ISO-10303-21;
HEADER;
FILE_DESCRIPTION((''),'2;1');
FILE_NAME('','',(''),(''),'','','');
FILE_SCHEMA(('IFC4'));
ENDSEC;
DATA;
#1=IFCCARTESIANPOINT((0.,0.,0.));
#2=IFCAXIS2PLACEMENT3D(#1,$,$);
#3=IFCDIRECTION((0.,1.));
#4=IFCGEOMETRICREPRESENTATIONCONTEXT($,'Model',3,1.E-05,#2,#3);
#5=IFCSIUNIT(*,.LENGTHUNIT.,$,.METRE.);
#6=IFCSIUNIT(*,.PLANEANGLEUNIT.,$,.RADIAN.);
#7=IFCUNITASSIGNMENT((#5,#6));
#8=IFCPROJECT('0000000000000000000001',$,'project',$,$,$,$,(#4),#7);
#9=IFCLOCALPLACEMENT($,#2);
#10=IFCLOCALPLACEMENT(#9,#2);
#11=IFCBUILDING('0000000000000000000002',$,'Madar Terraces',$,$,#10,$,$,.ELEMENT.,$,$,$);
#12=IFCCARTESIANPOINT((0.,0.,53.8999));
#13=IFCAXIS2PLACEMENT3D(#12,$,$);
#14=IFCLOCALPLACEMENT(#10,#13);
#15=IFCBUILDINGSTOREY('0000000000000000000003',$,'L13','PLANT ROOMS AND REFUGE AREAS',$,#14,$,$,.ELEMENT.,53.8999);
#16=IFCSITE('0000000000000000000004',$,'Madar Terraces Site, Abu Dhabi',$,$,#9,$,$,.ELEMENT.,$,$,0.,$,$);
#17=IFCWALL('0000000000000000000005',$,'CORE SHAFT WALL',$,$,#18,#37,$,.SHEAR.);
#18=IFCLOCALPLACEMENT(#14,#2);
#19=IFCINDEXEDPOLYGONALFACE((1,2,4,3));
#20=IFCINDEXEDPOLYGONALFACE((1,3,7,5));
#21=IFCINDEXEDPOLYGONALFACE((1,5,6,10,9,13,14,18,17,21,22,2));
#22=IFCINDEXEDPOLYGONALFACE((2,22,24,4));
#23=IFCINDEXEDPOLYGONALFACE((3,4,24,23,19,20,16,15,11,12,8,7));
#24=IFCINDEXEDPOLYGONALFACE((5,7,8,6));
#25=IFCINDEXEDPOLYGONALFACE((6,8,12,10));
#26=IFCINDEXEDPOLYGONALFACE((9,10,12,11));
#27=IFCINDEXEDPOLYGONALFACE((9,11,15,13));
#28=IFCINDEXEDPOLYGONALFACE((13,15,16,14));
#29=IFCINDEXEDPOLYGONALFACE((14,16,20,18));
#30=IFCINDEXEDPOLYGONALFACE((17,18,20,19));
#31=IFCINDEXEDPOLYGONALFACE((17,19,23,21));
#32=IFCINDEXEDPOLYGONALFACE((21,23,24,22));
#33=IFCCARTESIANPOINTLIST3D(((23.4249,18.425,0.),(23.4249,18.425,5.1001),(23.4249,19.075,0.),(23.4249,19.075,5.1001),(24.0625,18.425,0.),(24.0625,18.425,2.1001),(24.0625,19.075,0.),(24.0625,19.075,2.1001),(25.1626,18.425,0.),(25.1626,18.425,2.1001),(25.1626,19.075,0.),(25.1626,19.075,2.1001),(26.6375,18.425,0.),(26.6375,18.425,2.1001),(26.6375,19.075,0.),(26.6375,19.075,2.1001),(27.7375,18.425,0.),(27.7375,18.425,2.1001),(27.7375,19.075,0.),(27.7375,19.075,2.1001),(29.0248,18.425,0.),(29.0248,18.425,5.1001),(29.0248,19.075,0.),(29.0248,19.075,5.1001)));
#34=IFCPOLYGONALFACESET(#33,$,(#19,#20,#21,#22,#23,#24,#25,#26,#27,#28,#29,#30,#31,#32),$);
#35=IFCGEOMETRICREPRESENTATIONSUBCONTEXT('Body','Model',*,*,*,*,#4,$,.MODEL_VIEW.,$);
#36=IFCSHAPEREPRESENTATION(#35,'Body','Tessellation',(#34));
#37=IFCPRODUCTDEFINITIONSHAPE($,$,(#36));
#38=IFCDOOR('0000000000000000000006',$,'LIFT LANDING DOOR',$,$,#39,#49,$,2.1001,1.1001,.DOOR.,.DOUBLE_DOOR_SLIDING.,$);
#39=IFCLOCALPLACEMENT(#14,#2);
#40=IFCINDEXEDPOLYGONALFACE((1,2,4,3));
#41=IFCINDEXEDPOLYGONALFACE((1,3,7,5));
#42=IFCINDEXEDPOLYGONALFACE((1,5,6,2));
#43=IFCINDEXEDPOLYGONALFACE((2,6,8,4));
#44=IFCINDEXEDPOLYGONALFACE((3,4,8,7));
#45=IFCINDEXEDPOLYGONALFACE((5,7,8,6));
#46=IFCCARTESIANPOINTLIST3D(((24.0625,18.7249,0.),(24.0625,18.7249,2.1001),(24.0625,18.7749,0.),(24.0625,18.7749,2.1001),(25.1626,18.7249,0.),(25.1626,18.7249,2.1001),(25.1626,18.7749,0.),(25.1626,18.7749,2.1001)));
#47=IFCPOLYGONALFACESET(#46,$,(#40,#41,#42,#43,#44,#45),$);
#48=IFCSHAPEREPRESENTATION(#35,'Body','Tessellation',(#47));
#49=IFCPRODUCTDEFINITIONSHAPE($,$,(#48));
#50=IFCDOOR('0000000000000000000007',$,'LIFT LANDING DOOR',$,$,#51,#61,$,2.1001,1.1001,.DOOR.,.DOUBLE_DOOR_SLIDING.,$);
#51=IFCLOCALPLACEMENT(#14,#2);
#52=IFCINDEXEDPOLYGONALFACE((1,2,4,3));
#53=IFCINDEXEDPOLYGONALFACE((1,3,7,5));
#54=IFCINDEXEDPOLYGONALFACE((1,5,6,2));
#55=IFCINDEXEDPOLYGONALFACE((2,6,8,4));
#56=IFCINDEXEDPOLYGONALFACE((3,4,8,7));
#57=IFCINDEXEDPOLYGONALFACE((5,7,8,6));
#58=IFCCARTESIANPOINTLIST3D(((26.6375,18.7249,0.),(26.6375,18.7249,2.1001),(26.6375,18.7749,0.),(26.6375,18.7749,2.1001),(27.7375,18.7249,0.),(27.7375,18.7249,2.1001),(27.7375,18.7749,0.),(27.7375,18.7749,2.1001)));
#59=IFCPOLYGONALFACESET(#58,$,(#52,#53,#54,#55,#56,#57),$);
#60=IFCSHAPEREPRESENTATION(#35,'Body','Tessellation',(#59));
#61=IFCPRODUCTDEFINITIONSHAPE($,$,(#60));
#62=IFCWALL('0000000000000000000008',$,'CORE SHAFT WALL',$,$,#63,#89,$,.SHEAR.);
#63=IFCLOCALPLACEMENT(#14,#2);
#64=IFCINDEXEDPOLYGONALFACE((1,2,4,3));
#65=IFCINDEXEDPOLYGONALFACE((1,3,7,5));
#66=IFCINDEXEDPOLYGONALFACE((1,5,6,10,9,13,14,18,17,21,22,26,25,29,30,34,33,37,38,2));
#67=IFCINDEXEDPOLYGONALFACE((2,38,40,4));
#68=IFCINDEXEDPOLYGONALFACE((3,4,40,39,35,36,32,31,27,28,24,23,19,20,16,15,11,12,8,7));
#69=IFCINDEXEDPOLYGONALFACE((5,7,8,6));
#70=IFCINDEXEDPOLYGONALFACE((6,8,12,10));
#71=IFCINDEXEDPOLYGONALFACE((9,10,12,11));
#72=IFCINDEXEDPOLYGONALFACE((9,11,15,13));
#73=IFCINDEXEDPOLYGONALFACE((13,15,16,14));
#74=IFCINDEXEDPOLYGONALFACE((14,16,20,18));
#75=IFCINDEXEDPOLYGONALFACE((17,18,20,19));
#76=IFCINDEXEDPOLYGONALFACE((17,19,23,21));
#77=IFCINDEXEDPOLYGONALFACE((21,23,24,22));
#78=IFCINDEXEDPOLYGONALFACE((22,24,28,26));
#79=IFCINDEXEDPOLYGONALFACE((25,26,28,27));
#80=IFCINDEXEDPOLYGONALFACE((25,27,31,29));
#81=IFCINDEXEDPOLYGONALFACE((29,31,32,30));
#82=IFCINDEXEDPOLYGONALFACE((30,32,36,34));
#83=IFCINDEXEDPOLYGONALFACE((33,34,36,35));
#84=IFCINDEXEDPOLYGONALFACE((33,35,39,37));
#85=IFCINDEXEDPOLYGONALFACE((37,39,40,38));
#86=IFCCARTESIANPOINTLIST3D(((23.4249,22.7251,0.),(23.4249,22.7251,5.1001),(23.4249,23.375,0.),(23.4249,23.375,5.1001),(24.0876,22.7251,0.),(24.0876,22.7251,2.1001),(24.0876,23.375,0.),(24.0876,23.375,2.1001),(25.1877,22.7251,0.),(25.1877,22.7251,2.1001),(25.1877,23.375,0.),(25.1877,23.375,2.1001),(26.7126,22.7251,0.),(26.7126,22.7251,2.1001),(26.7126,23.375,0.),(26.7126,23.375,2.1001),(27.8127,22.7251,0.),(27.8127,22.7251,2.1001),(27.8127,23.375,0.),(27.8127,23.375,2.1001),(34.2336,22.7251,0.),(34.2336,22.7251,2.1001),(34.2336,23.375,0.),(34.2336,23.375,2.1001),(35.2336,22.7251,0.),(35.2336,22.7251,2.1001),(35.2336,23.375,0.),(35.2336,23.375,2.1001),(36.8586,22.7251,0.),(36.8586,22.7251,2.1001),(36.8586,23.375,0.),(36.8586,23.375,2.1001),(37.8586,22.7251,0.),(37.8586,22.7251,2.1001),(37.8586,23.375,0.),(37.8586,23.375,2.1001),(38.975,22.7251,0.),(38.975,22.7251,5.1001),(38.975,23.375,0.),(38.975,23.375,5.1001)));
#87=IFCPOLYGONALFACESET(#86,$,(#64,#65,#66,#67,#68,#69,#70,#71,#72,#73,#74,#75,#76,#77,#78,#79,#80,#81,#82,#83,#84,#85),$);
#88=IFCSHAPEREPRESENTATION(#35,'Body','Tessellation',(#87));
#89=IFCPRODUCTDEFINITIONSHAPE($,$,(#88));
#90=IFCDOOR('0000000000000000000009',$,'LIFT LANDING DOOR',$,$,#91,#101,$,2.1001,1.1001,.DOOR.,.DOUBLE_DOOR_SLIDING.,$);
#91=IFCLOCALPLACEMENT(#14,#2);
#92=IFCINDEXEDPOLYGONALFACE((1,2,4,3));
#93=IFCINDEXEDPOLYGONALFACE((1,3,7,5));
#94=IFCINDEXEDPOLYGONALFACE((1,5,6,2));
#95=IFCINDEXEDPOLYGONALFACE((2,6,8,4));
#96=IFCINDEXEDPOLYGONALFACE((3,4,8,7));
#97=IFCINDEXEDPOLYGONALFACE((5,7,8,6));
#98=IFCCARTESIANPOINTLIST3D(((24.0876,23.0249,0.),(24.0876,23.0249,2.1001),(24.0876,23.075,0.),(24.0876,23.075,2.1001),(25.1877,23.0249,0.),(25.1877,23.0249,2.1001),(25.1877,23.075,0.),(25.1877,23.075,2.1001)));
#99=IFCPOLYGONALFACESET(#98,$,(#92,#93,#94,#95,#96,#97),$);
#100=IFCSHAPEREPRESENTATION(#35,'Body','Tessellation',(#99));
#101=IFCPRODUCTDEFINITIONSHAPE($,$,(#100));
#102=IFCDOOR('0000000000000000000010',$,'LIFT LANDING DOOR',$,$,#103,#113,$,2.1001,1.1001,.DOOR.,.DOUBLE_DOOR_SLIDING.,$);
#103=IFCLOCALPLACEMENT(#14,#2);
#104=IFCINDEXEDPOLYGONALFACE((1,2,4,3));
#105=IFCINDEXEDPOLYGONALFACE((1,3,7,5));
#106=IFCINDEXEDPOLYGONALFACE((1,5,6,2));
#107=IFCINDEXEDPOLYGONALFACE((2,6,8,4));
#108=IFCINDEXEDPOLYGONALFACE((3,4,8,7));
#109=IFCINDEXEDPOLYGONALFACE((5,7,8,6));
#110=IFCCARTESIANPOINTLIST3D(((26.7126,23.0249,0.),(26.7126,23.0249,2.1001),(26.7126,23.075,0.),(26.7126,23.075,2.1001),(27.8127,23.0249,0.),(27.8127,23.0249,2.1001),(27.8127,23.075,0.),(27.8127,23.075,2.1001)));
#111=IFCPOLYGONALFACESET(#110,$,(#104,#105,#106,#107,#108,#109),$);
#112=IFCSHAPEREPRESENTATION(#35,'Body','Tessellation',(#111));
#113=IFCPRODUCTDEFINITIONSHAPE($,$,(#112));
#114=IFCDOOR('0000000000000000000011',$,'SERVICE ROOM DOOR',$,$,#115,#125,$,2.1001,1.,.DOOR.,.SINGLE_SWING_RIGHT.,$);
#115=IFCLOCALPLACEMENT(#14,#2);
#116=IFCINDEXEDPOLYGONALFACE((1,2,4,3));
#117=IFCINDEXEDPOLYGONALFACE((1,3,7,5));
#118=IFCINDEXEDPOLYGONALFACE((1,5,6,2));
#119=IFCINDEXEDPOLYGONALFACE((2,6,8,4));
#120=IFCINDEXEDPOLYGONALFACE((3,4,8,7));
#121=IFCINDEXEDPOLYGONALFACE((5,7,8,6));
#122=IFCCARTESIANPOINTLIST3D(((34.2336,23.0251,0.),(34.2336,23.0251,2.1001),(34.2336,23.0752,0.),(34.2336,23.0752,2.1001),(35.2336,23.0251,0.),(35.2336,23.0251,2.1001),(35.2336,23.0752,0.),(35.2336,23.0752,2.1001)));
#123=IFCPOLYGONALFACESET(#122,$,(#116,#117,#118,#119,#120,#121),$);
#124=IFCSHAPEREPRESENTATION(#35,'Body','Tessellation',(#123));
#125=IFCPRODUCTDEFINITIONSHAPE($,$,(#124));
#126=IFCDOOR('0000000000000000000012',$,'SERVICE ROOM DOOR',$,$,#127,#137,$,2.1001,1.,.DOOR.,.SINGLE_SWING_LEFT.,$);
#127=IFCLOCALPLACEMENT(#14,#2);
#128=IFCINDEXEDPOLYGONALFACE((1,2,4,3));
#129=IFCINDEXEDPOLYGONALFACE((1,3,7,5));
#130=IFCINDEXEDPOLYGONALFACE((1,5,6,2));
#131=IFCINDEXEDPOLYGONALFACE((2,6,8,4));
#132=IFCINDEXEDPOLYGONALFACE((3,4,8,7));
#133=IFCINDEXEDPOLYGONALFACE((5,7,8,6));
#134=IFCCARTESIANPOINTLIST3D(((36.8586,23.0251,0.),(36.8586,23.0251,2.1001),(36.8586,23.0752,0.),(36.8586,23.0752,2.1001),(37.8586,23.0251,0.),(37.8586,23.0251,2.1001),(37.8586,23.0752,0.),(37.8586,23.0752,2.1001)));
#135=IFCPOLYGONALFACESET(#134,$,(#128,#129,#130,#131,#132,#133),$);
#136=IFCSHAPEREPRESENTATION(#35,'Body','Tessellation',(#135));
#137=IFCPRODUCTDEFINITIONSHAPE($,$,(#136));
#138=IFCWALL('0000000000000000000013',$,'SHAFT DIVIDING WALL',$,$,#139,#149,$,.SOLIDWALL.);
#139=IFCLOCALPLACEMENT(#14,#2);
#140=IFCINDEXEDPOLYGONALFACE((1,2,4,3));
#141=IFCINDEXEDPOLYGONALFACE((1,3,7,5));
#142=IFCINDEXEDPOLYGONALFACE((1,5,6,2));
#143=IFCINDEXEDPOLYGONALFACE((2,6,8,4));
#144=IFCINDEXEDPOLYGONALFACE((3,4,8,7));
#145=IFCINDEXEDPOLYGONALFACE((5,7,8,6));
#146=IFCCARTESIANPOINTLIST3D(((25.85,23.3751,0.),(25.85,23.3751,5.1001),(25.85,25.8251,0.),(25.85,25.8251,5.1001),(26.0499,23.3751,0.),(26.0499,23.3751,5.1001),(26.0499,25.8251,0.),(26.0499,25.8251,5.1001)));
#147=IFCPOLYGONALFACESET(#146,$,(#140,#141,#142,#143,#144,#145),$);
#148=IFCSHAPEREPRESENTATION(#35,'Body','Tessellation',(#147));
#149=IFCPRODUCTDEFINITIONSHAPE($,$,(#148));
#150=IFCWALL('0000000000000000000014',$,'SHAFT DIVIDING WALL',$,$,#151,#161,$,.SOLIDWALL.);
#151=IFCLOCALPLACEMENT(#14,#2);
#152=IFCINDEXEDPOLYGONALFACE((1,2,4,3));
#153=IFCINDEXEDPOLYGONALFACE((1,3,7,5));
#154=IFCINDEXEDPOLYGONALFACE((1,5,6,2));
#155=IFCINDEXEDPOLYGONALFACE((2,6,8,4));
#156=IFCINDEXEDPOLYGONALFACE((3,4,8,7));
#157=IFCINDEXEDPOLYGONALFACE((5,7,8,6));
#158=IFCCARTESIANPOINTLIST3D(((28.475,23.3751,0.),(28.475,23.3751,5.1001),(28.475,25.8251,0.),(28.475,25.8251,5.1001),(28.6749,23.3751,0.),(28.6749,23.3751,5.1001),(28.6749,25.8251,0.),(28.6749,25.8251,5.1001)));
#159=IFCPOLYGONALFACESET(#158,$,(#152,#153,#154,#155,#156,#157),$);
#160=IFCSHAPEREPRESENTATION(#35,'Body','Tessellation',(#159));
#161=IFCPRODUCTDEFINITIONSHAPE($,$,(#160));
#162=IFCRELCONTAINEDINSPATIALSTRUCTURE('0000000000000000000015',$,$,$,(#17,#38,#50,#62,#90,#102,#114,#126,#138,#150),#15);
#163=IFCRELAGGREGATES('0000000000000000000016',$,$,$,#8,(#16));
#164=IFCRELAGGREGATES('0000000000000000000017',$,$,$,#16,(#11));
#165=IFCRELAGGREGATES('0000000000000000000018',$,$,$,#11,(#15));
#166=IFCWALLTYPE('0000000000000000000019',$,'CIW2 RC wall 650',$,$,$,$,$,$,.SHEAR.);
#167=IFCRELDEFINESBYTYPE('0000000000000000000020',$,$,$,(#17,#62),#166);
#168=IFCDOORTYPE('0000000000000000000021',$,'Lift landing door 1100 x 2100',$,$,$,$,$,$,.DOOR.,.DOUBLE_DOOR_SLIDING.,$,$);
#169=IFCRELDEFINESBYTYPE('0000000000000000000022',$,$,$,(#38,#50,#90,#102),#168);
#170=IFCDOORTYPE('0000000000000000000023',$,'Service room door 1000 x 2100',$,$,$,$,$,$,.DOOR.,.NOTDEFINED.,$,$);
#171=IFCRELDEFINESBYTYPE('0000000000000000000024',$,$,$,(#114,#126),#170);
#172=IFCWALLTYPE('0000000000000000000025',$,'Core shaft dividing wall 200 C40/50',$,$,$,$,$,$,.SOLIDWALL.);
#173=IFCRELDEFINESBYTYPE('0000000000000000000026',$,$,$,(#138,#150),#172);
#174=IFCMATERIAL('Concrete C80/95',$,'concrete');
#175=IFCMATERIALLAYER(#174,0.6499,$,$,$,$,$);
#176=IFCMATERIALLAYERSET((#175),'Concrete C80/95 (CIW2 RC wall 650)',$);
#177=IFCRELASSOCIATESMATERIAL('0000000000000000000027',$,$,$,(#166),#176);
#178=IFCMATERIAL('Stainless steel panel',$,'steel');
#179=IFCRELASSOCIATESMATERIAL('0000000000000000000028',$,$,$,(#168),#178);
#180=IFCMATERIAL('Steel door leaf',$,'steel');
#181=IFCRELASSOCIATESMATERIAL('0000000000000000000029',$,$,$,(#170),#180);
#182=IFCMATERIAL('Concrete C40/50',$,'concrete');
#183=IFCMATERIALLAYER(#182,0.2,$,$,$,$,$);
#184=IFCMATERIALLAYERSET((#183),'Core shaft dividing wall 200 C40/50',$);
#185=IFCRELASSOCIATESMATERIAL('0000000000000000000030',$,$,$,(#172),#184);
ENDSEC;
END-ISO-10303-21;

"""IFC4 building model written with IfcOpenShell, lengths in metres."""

from ifc_helpers import new_model, si_unit, direction, frame, frame_2d, origin, place, context, subcontext, project, spatial, rectangle, extrude, material, layer, layer_set, type_object, element, fill, save


model = new_model("IFC4")

# Units and contexts
model_context = context("Model", 3, precision=1e-05, world=origin(), true_north=direction((0.0, 1.0)))
body_context = subcontext(model_context, "Body", "Model", "MODEL_VIEW")
ifc_project = project(units=[si_unit("LENGTHUNIT", "METRE"), si_unit("PLANEANGLEUNIT", "RADIAN")], contexts=[model_context])

# Site, building, storey
site_placement = place(None, origin())
site = spatial("IfcSite", under=ifc_project, at=site_placement, Name="Madar Terraces Site, Abu Dhabi", CompositionType="ELEMENT", RefElevation=0.0)
building_placement = place(site_placement, origin())
building = spatial("IfcBuilding", under=site, at=building_placement, Name="Madar Terraces", CompositionType="ELEMENT")
storey_placement = place(building_placement, frame((0.0, 0.0, 53.8999)))
storey = spatial("IfcBuildingStorey", under=building, at=storey_placement, Name="L13", Description="PLANT ROOMS AND REFUGE AREAS", CompositionType="ELEMENT", Elevation=53.8999)

# Walls, openings, doors
ifc_material_1 = material(Name="Concrete C80/95", Category="concrete")
ifc_layer_1 = layer(ifc_material_1, 0.6499)
ifc_layer_set_1 = layer_set([ifc_layer_1], Name="Concrete C80/95 (CIW2 RC wall 650)")
wall_type_1 = type_object("IfcWallType", Name="CIW2 RC wall 650", PredefinedType="SHEAR", material=ifc_layer_set_1)
wall_1_placement = place(storey_placement, frame((23.425, 18.75, 0.0), z_axis=(0.0, 0.0, 1.0), x_axis=(1.0, 0.0, 0.0)))
wall_1 = element("IfcWall", 1, at=wall_1_placement, inside=storey, type_object=wall_type_1, Name="CORE SHAFT WALL", PredefinedType="SHEAR", context=body_context, shape_type="SweptSolid", body=[
    extrude(rectangle(XDim=5.5999, YDim=0.6499, at=frame_2d((2.7998, 0.0))), origin(), (0.0, 0.0, 1.0), 5.1001),
])
opening_1_placement = place(wall_1_placement, frame((0.6375, 0.0, 0.0)))
opening_1 = element("IfcOpeningElement", 2, at=opening_1_placement, cuts=wall_1, PredefinedType="OPENING", context=body_context, shape_type="SweptSolid", body=[
    extrude(rectangle(XDim=1.1001, YDim=2.1001, at=frame_2d((0.55, 1.05))), frame((0.0, 0.335, 0.0), z_axis=(0.0, -1.0, 0.0), x_axis=(1.0, 0.0, 0.0)), (0.0, 0.0, 1.0), 0.6699),
])
opening_2_placement = place(wall_1_placement, frame((3.2124, 0.0, 0.0)))
opening_2 = element("IfcOpeningElement", 3, at=opening_2_placement, cuts=wall_1, PredefinedType="OPENING", context=body_context, shape_type="SweptSolid", body=[
    extrude(rectangle(XDim=1.1001, YDim=2.1001, at=frame_2d((0.55, 1.05))), frame((0.0, 0.335, 0.0), z_axis=(0.0, -1.0, 0.0), x_axis=(1.0, 0.0, 0.0)), (0.0, 0.0, 1.0), 0.6699),
])
ifc_material_2 = material(Name="Stainless steel panel", Category="steel")
door_type_1 = type_object("IfcDoorType", Name="Lift landing door 1100 x 2100", OperationType="DOUBLE_DOOR_SLIDING", PredefinedType="DOOR", material=ifc_material_2)
door_1_placement = place(opening_1_placement, origin())
door_1 = element("IfcDoor", 4, at=door_1_placement, inside=storey, type_object=door_type_1, Name="LIFT LANDING DOOR", OperationType="DOUBLE_DOOR_SLIDING", OverallHeight=2.1001, OverallWidth=1.1001, PredefinedType="DOOR", context=body_context, shape_type="SweptSolid", body=[
    extrude(rectangle(XDim=1.1001, YDim=2.1001, at=frame_2d((0.55, 1.05))), frame((0.0, 0.0249, 0.0), z_axis=(0.0, -1.0, 0.0), x_axis=(1.0, 0.0, 0.0)), (0.0, 0.0, 1.0), 0.05),
])
fill(opening_1, door_1)
door_2_placement = place(opening_2_placement, origin())
door_2 = element("IfcDoor", 5, at=door_2_placement, inside=storey, type_object=door_type_1, Name="LIFT LANDING DOOR", OperationType="DOUBLE_DOOR_SLIDING", OverallHeight=2.1001, OverallWidth=1.1001, PredefinedType="DOOR", context=body_context, shape_type="SweptSolid", body=[
    extrude(rectangle(XDim=1.1001, YDim=2.1001, at=frame_2d((0.55, 1.05))), frame((0.0, 0.0249, 0.0), z_axis=(0.0, -1.0, 0.0), x_axis=(1.0, 0.0, 0.0)), (0.0, 0.0, 1.0), 0.05),
])
fill(opening_2, door_2)
wall_2_placement = place(storey_placement, frame((23.425, 23.05, 0.0), z_axis=(0.0, 0.0, 1.0), x_axis=(1.0, 0.0, 0.0)))
wall_2 = element("IfcWall", 6, at=wall_2_placement, inside=storey, type_object=wall_type_1, Name="CORE SHAFT WALL", PredefinedType="SHEAR", context=body_context, shape_type="SweptSolid", body=[
    extrude(rectangle(XDim=15.55, YDim=0.6499, at=frame_2d((7.7749, 0.0))), origin(), (0.0, 0.0, 1.0), 5.1001),
])
opening_3_placement = place(wall_2_placement, frame((0.6626, 0.0, 0.0)))
opening_3 = element("IfcOpeningElement", 7, at=opening_3_placement, cuts=wall_2, PredefinedType="OPENING", context=body_context, shape_type="SweptSolid", body=[
    extrude(rectangle(XDim=1.1001, YDim=2.1001, at=frame_2d((0.55, 1.05))), frame((0.0, 0.335, 0.0), z_axis=(0.0, -1.0, 0.0), x_axis=(1.0, 0.0, 0.0)), (0.0, 0.0, 1.0), 0.6699),
])
opening_4_placement = place(wall_2_placement, frame((3.2876, 0.0, 0.0)))
opening_4 = element("IfcOpeningElement", 8, at=opening_4_placement, cuts=wall_2, PredefinedType="OPENING", context=body_context, shape_type="SweptSolid", body=[
    extrude(rectangle(XDim=1.1001, YDim=2.1001, at=frame_2d((0.55, 1.05))), frame((0.0, 0.335, 0.0), z_axis=(0.0, -1.0, 0.0), x_axis=(1.0, 0.0, 0.0)), (0.0, 0.0, 1.0), 0.6699),
])
opening_5_placement = place(wall_2_placement, frame((10.8086, 0.0, 0.0)))
opening_5 = element("IfcOpeningElement", 9, at=opening_5_placement, cuts=wall_2, PredefinedType="OPENING", context=body_context, shape_type="SweptSolid", body=[
    extrude(rectangle(XDim=1.0, YDim=2.1001, at=frame_2d((0.5, 1.05))), frame((0.0, 0.335, 0.0), z_axis=(0.0, -1.0, 0.0), x_axis=(1.0, 0.0, 0.0)), (0.0, 0.0, 1.0), 0.6699),
])
opening_6_placement = place(wall_2_placement, frame((13.4336, 0.0, 0.0)))
opening_6 = element("IfcOpeningElement", 10, at=opening_6_placement, cuts=wall_2, PredefinedType="OPENING", context=body_context, shape_type="SweptSolid", body=[
    extrude(rectangle(XDim=1.0, YDim=2.1001, at=frame_2d((0.5, 1.05))), frame((0.0, 0.335, 0.0), z_axis=(0.0, -1.0, 0.0), x_axis=(1.0, 0.0, 0.0)), (0.0, 0.0, 1.0), 0.6699),
])
door_3_placement = place(opening_3_placement, origin())
door_3 = element("IfcDoor", 11, at=door_3_placement, inside=storey, type_object=door_type_1, Name="LIFT LANDING DOOR", OperationType="DOUBLE_DOOR_SLIDING", OverallHeight=2.1001, OverallWidth=1.1001, PredefinedType="DOOR", context=body_context, shape_type="SweptSolid", body=[
    extrude(rectangle(XDim=1.1001, YDim=2.1001, at=frame_2d((0.55, 1.05))), frame((0.0, 0.0249, 0.0), z_axis=(0.0, -1.0, 0.0), x_axis=(1.0, 0.0, 0.0)), (0.0, 0.0, 1.0), 0.05),
])
fill(opening_3, door_3)
door_4_placement = place(opening_4_placement, origin())
door_4 = element("IfcDoor", 12, at=door_4_placement, inside=storey, type_object=door_type_1, Name="LIFT LANDING DOOR", OperationType="DOUBLE_DOOR_SLIDING", OverallHeight=2.1001, OverallWidth=1.1001, PredefinedType="DOOR", context=body_context, shape_type="SweptSolid", body=[
    extrude(rectangle(XDim=1.1001, YDim=2.1001, at=frame_2d((0.55, 1.05))), frame((0.0, 0.0249, 0.0), z_axis=(0.0, -1.0, 0.0), x_axis=(1.0, 0.0, 0.0)), (0.0, 0.0, 1.0), 0.05),
])
fill(opening_4, door_4)
ifc_material_3 = material(Name="Steel door leaf", Category="steel")
door_type_2 = type_object("IfcDoorType", Name="Service room door 1000 x 2100", OperationType="NOTDEFINED", PredefinedType="DOOR", material=ifc_material_3)
door_5_placement = place(opening_5_placement, frame((1.0, 0.0, 0.0), z_axis=(0.0, 0.0, 1.0), x_axis=(-1.0, 0.0, 0.0)))
door_5 = element("IfcDoor", 13, at=door_5_placement, inside=storey, type_object=door_type_2, Name="SERVICE ROOM DOOR", OperationType="SINGLE_SWING_RIGHT", OverallHeight=2.1001, OverallWidth=1.0, PredefinedType="DOOR", context=body_context, shape_type="SweptSolid", body=[
    extrude(rectangle(XDim=1.0, YDim=2.1001, at=frame_2d((0.5, 1.05))), frame((0.0, 0.0249, 0.0), z_axis=(0.0, -1.0, 0.0), x_axis=(1.0, 0.0, 0.0)), (0.0, 0.0, 1.0), 0.05),
])
fill(opening_5, door_5)
door_6_placement = place(opening_6_placement, frame((1.0, 0.0, 0.0), z_axis=(0.0, 0.0, 1.0), x_axis=(-1.0, 0.0, 0.0)))
door_6 = element("IfcDoor", 14, at=door_6_placement, inside=storey, type_object=door_type_2, Name="SERVICE ROOM DOOR", OperationType="SINGLE_SWING_LEFT", OverallHeight=2.1001, OverallWidth=1.0, PredefinedType="DOOR", context=body_context, shape_type="SweptSolid", body=[
    extrude(rectangle(XDim=1.0, YDim=2.1001, at=frame_2d((0.5, 1.05))), frame((0.0, 0.0249, 0.0), z_axis=(0.0, -1.0, 0.0), x_axis=(1.0, 0.0, 0.0)), (0.0, 0.0, 1.0), 0.05),
])
fill(opening_6, door_6)

# Walls
ifc_material_4 = material(Name="Concrete C40/50", Category="concrete")
ifc_layer_2 = layer(ifc_material_4, 0.2)
ifc_layer_set_2 = layer_set([ifc_layer_2], Name="Core shaft dividing wall 200 C40/50")
wall_type_2 = type_object("IfcWallType", Name="Core shaft dividing wall 200 C40/50", PredefinedType="SOLIDWALL", material=ifc_layer_set_2)
for number, where, z_axis, x_axis, name in (
    (15, (25.95, 23.375, 0.0), (0.0, 0.0, 1.0), (0.0, 1.0, 0.0), "SHAFT DIVIDING WALL"),
    (16, (28.575, 23.375, 0.0), (0.0, 0.0, 1.0), (0.0, 1.0, 0.0), "SHAFT DIVIDING WALL"),
):
    element("IfcWall", number, at=place(storey_placement, frame(where, z_axis=z_axis, x_axis=x_axis)), inside=storey, type_object=wall_type_2, Name=name, PredefinedType="SOLIDWALL", context=body_context, shape_type="SweptSolid", body=[
        extrude(rectangle(XDim=2.45, YDim=0.2, at=frame_2d((1.2251, 0.0))), origin(), (0.0, 0.0, 1.0), 5.1001),
    ])

save(model, "model.ifc")
